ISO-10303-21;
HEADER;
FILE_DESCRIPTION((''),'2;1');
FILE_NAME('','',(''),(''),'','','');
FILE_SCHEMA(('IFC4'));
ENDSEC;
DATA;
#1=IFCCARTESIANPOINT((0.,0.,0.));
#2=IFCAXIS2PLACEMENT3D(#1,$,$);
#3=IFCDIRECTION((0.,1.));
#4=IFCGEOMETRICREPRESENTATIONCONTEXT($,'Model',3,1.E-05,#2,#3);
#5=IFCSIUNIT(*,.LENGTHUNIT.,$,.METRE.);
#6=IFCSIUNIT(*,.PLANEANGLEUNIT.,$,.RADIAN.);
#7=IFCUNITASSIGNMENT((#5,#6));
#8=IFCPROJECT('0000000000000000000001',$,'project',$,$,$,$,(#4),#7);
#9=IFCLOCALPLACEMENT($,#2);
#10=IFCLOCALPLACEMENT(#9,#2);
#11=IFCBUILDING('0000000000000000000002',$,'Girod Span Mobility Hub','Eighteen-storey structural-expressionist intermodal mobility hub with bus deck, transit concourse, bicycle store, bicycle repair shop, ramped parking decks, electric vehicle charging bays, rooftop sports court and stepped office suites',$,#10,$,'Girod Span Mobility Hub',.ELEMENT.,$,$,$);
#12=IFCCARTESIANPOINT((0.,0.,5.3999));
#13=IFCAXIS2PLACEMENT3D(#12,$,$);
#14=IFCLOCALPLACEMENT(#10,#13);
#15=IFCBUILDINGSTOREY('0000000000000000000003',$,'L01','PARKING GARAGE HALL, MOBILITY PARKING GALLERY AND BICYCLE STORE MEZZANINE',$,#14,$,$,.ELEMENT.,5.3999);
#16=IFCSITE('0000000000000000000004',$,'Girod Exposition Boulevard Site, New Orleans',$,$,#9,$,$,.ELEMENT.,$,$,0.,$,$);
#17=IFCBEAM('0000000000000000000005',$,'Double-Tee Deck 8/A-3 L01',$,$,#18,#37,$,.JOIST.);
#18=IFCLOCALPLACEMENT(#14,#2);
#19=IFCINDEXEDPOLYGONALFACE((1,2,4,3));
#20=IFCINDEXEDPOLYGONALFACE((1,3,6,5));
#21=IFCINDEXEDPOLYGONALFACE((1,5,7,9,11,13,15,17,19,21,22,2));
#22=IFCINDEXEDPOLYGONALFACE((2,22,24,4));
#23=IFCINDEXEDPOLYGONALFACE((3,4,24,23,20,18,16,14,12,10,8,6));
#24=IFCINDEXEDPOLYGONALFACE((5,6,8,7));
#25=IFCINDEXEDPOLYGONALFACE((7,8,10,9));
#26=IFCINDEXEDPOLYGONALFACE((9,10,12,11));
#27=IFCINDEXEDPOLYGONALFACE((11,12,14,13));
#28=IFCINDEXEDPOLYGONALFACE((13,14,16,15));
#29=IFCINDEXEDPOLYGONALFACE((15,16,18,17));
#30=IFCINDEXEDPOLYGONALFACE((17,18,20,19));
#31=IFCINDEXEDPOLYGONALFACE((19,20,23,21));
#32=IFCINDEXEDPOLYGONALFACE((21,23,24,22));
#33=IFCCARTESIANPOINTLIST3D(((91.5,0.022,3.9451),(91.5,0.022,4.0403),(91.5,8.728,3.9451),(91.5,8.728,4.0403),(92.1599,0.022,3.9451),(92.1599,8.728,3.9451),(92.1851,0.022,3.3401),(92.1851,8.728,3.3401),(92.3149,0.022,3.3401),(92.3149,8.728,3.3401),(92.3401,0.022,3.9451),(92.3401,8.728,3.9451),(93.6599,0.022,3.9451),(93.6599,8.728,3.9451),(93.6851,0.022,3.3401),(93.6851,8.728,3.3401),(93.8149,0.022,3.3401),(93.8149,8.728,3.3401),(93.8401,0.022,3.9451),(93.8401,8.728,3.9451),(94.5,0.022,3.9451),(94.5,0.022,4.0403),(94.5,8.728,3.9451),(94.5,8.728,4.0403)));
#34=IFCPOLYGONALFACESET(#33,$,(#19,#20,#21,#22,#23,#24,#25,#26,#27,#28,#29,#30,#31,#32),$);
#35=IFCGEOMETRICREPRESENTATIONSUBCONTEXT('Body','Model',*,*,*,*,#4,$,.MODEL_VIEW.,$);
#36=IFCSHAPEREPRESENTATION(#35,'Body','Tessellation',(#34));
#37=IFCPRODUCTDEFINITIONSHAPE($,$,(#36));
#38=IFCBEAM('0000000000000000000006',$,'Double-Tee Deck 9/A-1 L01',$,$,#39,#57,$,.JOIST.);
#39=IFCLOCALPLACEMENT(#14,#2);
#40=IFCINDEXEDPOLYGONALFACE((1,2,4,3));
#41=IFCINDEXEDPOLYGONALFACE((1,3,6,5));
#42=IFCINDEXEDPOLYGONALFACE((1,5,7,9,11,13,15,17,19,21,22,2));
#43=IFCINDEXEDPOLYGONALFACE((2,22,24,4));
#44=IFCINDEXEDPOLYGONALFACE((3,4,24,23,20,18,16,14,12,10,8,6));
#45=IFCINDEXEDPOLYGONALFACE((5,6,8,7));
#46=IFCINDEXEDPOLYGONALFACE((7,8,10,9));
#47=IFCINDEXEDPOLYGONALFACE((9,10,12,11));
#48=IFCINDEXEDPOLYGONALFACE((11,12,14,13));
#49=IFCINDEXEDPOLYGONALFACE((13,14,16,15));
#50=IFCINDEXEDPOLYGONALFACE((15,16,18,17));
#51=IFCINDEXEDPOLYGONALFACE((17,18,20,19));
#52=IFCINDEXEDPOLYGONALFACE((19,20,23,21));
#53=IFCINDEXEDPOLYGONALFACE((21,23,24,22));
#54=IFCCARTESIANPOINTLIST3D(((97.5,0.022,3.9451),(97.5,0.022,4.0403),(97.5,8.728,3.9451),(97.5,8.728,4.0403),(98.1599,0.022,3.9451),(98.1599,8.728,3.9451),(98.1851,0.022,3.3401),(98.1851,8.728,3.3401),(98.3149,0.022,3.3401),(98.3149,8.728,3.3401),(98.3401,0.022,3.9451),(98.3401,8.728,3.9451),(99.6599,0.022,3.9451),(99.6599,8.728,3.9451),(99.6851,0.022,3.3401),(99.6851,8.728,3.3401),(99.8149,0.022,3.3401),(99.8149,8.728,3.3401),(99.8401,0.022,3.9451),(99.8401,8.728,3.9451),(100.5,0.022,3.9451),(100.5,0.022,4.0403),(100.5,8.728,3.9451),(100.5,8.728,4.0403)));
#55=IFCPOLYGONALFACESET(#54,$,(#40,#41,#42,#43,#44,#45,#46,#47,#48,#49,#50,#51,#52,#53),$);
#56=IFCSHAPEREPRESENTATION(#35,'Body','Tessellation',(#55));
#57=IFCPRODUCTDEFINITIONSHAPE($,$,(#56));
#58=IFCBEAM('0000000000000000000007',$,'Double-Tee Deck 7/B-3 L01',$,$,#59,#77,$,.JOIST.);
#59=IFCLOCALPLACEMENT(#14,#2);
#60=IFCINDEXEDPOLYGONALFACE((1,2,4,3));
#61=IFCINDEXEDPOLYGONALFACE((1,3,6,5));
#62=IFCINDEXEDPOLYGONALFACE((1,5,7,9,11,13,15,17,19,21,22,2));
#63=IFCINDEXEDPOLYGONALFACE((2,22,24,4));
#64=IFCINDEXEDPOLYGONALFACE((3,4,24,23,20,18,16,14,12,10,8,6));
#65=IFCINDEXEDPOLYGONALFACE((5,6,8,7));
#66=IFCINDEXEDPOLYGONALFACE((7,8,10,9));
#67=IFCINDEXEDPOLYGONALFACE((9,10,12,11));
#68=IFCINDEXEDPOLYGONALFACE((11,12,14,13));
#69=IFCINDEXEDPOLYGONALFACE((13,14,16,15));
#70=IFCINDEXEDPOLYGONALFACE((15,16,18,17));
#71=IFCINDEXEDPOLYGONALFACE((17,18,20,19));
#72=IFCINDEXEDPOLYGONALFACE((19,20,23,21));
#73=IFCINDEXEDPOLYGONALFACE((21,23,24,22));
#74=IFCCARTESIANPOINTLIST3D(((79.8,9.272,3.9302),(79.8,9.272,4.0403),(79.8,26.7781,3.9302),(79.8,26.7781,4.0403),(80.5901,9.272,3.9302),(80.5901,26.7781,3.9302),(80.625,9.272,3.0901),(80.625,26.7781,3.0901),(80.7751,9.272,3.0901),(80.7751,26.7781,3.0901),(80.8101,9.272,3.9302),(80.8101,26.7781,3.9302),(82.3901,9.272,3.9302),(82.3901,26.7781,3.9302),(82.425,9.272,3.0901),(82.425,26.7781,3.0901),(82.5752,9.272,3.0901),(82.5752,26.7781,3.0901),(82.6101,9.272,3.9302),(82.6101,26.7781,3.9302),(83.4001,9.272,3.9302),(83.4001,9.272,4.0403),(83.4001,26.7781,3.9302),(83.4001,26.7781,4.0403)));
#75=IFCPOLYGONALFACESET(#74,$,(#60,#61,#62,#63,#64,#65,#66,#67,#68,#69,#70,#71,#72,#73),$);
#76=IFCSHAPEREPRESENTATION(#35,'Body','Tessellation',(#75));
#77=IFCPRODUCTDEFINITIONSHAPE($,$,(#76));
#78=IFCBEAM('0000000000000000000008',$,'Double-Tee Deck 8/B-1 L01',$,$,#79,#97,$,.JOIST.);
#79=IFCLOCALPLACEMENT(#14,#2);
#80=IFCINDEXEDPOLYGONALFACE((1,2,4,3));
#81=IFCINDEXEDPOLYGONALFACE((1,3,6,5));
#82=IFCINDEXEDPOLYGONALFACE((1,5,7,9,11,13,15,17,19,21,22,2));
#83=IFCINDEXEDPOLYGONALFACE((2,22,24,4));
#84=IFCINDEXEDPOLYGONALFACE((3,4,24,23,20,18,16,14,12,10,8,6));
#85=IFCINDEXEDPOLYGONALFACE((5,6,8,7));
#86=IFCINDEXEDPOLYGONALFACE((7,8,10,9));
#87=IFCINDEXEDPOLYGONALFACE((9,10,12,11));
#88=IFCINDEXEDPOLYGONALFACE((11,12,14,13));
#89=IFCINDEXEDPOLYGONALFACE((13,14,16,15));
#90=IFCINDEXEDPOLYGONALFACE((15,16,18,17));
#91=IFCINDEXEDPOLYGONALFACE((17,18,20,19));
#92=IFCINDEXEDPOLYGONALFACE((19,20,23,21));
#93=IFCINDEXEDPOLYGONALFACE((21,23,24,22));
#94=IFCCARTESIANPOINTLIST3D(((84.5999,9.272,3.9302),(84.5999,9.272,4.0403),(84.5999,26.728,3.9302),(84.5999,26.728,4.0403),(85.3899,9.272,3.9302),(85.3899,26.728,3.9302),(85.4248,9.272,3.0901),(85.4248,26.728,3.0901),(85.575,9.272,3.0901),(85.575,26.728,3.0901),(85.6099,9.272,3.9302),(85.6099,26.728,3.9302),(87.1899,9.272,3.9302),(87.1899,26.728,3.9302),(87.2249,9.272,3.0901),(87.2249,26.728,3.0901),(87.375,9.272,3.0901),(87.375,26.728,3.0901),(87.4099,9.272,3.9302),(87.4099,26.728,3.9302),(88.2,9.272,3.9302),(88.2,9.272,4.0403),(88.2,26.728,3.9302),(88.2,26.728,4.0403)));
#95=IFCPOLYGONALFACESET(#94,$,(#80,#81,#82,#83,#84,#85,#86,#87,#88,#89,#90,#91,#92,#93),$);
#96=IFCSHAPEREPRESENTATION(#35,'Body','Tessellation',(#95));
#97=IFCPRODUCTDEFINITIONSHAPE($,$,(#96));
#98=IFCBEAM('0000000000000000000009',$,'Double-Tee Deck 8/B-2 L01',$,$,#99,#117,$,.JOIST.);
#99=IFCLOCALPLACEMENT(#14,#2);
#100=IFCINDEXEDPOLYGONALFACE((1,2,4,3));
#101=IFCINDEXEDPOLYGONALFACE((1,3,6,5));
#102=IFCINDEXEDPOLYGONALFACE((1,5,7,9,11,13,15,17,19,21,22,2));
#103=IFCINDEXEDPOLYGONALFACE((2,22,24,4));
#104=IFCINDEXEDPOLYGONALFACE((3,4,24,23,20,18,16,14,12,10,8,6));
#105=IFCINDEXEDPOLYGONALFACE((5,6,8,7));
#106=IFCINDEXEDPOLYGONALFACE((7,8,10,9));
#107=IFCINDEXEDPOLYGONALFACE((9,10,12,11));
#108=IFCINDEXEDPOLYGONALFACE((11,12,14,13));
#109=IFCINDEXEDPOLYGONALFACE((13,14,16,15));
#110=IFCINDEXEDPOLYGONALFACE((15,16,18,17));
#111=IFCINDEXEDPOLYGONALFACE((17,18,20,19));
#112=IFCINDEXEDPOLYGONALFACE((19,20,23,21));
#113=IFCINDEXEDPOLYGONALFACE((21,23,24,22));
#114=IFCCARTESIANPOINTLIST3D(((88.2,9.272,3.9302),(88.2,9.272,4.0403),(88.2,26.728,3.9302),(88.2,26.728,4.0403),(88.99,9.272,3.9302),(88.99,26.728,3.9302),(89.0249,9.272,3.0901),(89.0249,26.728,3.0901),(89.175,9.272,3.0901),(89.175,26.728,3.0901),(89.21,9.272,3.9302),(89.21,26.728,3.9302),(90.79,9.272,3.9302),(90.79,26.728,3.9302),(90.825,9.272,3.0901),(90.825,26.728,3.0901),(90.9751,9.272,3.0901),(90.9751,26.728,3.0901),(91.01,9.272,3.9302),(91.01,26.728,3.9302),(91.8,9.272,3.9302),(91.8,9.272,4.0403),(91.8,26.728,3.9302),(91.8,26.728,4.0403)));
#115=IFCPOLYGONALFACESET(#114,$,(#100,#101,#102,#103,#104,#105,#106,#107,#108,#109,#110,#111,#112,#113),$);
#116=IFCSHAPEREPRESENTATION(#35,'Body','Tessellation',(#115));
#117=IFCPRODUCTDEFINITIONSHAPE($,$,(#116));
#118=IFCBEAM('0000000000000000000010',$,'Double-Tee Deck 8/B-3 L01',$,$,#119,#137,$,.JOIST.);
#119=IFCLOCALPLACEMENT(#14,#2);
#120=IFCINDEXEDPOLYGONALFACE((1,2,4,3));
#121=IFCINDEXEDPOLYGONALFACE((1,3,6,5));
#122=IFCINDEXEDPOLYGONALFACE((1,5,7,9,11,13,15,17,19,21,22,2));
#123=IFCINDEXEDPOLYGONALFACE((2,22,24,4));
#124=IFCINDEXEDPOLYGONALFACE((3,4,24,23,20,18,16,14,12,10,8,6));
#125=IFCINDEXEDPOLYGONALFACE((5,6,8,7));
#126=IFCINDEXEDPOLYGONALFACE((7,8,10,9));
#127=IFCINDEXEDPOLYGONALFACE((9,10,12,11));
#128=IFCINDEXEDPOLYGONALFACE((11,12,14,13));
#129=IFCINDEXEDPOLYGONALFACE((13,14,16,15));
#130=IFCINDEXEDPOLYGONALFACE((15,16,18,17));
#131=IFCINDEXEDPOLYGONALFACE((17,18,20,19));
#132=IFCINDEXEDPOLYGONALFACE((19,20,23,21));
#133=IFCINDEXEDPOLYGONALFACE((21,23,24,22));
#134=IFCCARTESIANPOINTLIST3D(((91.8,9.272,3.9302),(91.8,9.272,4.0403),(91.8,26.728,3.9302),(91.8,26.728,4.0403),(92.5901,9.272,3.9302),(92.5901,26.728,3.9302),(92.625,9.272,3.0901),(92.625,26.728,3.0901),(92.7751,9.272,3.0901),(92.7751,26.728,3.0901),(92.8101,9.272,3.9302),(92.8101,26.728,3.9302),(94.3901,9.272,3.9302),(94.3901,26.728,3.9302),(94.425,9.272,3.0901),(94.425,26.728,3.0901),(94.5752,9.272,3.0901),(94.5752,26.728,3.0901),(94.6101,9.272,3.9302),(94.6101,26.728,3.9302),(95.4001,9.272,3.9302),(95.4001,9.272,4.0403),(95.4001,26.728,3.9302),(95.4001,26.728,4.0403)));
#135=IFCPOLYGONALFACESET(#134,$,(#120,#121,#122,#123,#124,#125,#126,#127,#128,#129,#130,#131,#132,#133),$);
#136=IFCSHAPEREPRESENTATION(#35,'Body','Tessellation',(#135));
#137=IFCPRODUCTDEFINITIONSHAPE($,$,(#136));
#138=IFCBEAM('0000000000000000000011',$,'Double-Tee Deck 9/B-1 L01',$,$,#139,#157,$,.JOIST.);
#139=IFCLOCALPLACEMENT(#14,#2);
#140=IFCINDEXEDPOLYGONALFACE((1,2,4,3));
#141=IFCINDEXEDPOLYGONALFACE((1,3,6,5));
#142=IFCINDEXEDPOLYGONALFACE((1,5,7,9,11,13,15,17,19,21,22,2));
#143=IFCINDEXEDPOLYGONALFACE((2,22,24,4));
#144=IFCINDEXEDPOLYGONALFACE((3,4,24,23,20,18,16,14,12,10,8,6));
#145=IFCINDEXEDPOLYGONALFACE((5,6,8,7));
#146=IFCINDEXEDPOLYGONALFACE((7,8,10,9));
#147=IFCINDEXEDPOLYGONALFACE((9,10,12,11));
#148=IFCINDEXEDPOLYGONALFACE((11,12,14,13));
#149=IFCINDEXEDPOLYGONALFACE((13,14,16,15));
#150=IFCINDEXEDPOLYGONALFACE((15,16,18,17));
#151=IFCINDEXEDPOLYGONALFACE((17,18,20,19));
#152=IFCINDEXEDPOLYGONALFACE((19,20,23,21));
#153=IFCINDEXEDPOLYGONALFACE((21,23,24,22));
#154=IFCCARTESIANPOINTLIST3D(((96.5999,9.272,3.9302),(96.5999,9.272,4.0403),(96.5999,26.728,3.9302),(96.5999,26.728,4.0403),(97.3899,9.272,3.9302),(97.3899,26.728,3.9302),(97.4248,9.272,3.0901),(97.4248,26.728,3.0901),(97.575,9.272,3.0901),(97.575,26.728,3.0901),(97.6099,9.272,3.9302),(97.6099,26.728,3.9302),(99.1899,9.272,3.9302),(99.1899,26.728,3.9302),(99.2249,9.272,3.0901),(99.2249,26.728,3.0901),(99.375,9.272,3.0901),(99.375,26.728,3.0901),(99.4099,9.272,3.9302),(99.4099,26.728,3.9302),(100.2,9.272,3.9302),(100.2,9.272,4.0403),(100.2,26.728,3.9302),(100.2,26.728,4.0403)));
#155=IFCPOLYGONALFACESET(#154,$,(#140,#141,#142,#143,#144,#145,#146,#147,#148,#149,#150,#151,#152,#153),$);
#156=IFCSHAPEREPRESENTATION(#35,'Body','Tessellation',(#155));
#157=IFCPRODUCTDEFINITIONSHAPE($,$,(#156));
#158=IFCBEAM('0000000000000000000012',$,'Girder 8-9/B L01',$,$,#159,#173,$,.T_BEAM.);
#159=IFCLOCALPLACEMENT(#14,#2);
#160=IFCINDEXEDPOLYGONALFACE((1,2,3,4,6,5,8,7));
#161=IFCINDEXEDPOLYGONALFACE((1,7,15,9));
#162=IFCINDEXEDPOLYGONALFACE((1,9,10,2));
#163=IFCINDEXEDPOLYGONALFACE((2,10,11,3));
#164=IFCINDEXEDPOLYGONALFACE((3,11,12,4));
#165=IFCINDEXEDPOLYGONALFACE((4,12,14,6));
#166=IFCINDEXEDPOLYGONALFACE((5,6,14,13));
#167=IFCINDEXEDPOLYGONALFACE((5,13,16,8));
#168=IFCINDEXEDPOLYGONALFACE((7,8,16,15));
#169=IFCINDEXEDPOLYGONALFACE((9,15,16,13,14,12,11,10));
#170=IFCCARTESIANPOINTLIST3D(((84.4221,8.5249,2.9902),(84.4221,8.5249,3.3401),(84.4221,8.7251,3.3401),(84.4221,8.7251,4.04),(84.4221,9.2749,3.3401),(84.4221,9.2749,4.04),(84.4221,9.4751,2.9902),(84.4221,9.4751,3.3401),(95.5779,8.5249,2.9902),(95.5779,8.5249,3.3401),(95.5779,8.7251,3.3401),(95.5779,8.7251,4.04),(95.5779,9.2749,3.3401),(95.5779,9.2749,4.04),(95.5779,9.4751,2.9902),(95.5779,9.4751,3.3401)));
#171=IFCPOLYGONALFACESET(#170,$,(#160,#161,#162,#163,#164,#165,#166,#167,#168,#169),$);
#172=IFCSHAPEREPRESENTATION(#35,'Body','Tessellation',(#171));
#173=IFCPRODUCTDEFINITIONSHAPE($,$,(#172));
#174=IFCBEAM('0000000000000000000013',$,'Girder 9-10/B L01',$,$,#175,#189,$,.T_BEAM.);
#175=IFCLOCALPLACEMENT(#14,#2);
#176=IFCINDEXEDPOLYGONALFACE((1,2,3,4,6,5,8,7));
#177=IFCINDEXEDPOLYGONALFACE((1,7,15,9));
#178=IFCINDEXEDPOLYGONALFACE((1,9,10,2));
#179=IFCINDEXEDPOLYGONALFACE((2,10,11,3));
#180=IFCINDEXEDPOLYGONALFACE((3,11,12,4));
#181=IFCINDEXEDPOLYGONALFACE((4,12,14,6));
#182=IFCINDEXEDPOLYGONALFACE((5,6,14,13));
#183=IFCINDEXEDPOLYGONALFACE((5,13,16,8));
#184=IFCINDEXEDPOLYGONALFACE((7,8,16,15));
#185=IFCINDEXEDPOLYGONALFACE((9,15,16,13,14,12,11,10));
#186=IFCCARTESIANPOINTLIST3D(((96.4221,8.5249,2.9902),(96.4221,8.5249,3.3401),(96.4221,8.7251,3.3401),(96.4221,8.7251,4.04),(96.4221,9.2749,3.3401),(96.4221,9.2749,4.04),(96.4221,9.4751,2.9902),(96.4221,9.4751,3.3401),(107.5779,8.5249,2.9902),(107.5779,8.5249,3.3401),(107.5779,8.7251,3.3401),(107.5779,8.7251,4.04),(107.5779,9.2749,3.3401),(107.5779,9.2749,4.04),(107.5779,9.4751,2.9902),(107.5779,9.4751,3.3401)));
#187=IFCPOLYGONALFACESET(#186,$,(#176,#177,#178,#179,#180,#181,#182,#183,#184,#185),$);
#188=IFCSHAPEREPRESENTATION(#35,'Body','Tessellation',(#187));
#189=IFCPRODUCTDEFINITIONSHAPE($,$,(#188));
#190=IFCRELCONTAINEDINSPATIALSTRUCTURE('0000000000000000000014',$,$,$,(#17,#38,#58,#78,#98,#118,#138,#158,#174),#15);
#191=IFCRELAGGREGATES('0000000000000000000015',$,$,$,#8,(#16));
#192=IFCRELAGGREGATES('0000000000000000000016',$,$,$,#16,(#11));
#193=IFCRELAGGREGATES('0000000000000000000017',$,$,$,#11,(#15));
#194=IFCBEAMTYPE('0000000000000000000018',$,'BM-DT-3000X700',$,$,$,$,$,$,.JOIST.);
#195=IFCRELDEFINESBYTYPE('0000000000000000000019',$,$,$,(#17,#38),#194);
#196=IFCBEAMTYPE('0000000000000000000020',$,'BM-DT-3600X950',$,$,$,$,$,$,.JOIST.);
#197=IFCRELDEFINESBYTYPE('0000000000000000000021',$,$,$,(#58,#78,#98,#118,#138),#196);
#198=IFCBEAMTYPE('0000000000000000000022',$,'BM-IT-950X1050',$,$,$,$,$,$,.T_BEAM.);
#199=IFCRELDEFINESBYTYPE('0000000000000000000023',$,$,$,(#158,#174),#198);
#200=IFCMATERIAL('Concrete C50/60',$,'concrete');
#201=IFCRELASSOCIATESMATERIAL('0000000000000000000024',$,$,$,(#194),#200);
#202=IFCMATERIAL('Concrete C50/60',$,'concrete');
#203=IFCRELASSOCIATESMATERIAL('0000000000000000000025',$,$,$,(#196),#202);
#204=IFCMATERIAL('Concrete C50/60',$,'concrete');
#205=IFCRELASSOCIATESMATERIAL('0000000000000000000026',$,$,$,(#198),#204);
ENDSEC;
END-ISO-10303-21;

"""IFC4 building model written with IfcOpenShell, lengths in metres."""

from ifc_helpers import new_model, si_unit, direction, frame, origin, place, context, subcontext, project, spatial, polyline, outline, extrude, material, material_profile, profile_set, type_object, element, save


model = new_model("IFC4")

# Units and contexts
model_context = context("Model", 3, precision=1e-05, world=origin(), true_north=direction((0.0, 1.0)))
body_context = subcontext(model_context, "Body", "Model", "MODEL_VIEW")
ifc_project = project(units=[si_unit("LENGTHUNIT", "METRE"), si_unit("PLANEANGLEUNIT", "RADIAN")], contexts=[model_context])

# Site, building, storey
site_placement = place(None, origin())
site = spatial("IfcSite", under=ifc_project, at=site_placement, Name="Girod Exposition Boulevard Site, New Orleans", CompositionType="ELEMENT", RefElevation=0.0)
building_placement = place(site_placement, origin())
building = spatial("IfcBuilding", under=site, at=building_placement, Name="Girod Span Mobility Hub", Description="Eighteen-storey structural-expressionist intermodal mobility hub with bus deck, transit concourse, bicycle store, bicycle repair shop, ramped parking decks, electric vehicle charging bays, rooftop sports court and stepped office suites", LongName="Girod Span Mobility Hub", CompositionType="ELEMENT")
storey_placement = place(building_placement, frame((0.0, 0.0, 5.3999)))
storey = spatial("IfcBuildingStorey", under=building, at=storey_placement, Name="L01", Description="PARKING GARAGE HALL, MOBILITY PARKING GALLERY AND BICYCLE STORE MEZZANINE", CompositionType="ELEMENT", Elevation=5.3999)

# Beams
ifc_material_1 = material(Name="Concrete C50/60", Category="concrete")
ifc_material_profile_1 = material_profile(ifc_material_1, outline(polyline([(-1.5, 0.3501), (-1.5, 0.2549), (-0.8401, 0.2549), (-0.8149, -0.3501), (-0.6851, -0.3501), (-0.6599, 0.2549), (0.6599, 0.2549), (0.6851, -0.3501), (0.8149, -0.3501), (0.8401, 0.2549), (1.5, 0.2549), (1.5, 0.3501), (-1.5, 0.3501)])), Name="DT-3000X700")
ifc_profile_set_1 = profile_set([ifc_material_profile_1], Name="Concrete C50/60")
beam_type_1 = type_object("IfcBeamType", Name="BM-DT-3000X700", PredefinedType="JOIST", material=ifc_profile_set_1)
for number, where, z_axis, x_axis, name in (
    (1, (93.0, 0.022, 3.6902), (0.0, 1.0, 0.0), (-1.0, 0.0, 0.0), "Double-Tee Deck 8/A-3 L01"),
    (2, (99.0, 0.022, 3.6902), (0.0, 1.0, 0.0), (-1.0, 0.0, 0.0), "Double-Tee Deck 9/A-1 L01"),
):
    element("IfcBeam", number, at=place(storey_placement, frame(where, z_axis=z_axis, x_axis=x_axis)), inside=storey, type_object=beam_type_1, Name=name, PredefinedType="JOIST", context=body_context, shape_type="SweptSolid", body=[
        extrude(outline(polyline([(-1.5, 0.3501), (-1.5, 0.2549), (-0.8401, 0.2549), (-0.8149, -0.3501), (-0.6851, -0.3501), (-0.6599, 0.2549), (0.6599, 0.2549), (0.6851, -0.3501), (0.8149, -0.3501), (0.8401, 0.2549), (1.5, 0.2549), (1.5, 0.3501), (-1.5, 0.3501)])), origin(), (0.0, 0.0, 1.0), 8.7061),
    ])
ifc_material_2 = material(Name="Concrete C50/60", Category="concrete")
ifc_material_profile_2 = material_profile(ifc_material_2, outline(polyline([(-1.8, 0.4751), (-1.8, 0.365), (-1.01, 0.365), (-0.9751, -0.4751), (-0.825, -0.4751), (-0.79, 0.365), (0.79, 0.365), (0.825, -0.4751), (0.9751, -0.4751), (1.01, 0.365), (1.8, 0.365), (1.8, 0.4751), (-1.8, 0.4751)])), Name="DT-3600X950")
ifc_profile_set_2 = profile_set([ifc_material_profile_2], Name="Concrete C50/60")
beam_type_2 = type_object("IfcBeamType", Name="BM-DT-3600X950", PredefinedType="JOIST", material=ifc_profile_set_2)
beam_1_placement = place(storey_placement, frame((81.6001, 9.272, 3.5652), z_axis=(0.0, 1.0, 0.0), x_axis=(-1.0, 0.0, 0.0)))
element("IfcBeam", 3, at=beam_1_placement, inside=storey, type_object=beam_type_2, Name="Double-Tee Deck 7/B-3 L01", PredefinedType="JOIST", context=body_context, shape_type="SweptSolid", body=[
    extrude(outline(polyline([(-1.8, 0.4751), (-1.8, 0.365), (-1.01, 0.365), (-0.9751, -0.4751), (-0.825, -0.4751), (-0.79, 0.365), (0.79, 0.365), (0.825, -0.4751), (0.9751, -0.4751), (1.01, 0.365), (1.8, 0.365), (1.8, 0.4751), (-1.8, 0.4751)])), origin(), (0.0, 0.0, 1.0), 17.5061),
])
for number, where, z_axis, x_axis, name in (
    (4, (86.3999, 9.272, 3.5652), (0.0, 1.0, 0.0), (-1.0, 0.0, 0.0), "Double-Tee Deck 8/B-1 L01"),
    (5, (90.0, 9.272, 3.5652), (0.0, 1.0, 0.0), (-1.0, 0.0, 0.0), "Double-Tee Deck 8/B-2 L01"),
    (6, (93.6001, 9.272, 3.5652), (0.0, 1.0, 0.0), (-1.0, 0.0, 0.0), "Double-Tee Deck 8/B-3 L01"),
    (7, (98.3999, 9.272, 3.5652), (0.0, 1.0, 0.0), (-1.0, 0.0, 0.0), "Double-Tee Deck 9/B-1 L01"),
):
    element("IfcBeam", number, at=place(storey_placement, frame(where, z_axis=z_axis, x_axis=x_axis)), inside=storey, type_object=beam_type_2, Name=name, PredefinedType="JOIST", context=body_context, shape_type="SweptSolid", body=[
        extrude(outline(polyline([(-1.8, 0.4751), (-1.8, 0.365), (-1.01, 0.365), (-0.9751, -0.4751), (-0.825, -0.4751), (-0.79, 0.365), (0.79, 0.365), (0.825, -0.4751), (0.9751, -0.4751), (1.01, 0.365), (1.8, 0.365), (1.8, 0.4751), (-1.8, 0.4751)])), origin(), (0.0, 0.0, 1.0), 17.4561),
    ])
ifc_material_3 = material(Name="Concrete C50/60", Category="concrete")
ifc_material_profile_3 = material_profile(ifc_material_3, outline(polyline([(-0.4751, -0.5249), (0.4751, -0.5249), (0.4751, -0.175), (0.2749, -0.175), (0.2749, 0.5249), (-0.2749, 0.5249), (-0.2749, -0.175), (-0.4751, -0.175), (-0.4751, -0.5249)])), Name="IT-950X1050")
ifc_profile_set_3 = profile_set([ifc_material_profile_3], Name="Concrete C50/60")
beam_type_3 = type_object("IfcBeamType", Name="BM-IT-950X1050", PredefinedType="T_BEAM", material=ifc_profile_set_3)
for number, where, z_axis, x_axis, name in (
    (8, (84.4221, 9.0, 3.5151), (1.0, 0.0, 0.0), (0.0, 1.0, 0.0), "Girder 8-9/B L01"),
    (9, (96.4221, 9.0, 3.5151), (1.0, 0.0, 0.0), (0.0, 1.0, 0.0), "Girder 9-10/B L01"),
):
    element("IfcBeam", number, at=place(storey_placement, frame(where, z_axis=z_axis, x_axis=x_axis)), inside=storey, type_object=beam_type_3, Name=name, PredefinedType="T_BEAM", context=body_context, shape_type="SweptSolid", body=[
        extrude(outline(polyline([(-0.4751, -0.5249), (0.4751, -0.5249), (0.4751, -0.175), (0.2749, -0.175), (0.2749, 0.5249), (-0.2749, 0.5249), (-0.2749, -0.175), (-0.4751, -0.175), (-0.4751, -0.5249)])), origin(), (0.0, 0.0, 1.0), 11.1558),
    ])

save(model, "model.ifc")
